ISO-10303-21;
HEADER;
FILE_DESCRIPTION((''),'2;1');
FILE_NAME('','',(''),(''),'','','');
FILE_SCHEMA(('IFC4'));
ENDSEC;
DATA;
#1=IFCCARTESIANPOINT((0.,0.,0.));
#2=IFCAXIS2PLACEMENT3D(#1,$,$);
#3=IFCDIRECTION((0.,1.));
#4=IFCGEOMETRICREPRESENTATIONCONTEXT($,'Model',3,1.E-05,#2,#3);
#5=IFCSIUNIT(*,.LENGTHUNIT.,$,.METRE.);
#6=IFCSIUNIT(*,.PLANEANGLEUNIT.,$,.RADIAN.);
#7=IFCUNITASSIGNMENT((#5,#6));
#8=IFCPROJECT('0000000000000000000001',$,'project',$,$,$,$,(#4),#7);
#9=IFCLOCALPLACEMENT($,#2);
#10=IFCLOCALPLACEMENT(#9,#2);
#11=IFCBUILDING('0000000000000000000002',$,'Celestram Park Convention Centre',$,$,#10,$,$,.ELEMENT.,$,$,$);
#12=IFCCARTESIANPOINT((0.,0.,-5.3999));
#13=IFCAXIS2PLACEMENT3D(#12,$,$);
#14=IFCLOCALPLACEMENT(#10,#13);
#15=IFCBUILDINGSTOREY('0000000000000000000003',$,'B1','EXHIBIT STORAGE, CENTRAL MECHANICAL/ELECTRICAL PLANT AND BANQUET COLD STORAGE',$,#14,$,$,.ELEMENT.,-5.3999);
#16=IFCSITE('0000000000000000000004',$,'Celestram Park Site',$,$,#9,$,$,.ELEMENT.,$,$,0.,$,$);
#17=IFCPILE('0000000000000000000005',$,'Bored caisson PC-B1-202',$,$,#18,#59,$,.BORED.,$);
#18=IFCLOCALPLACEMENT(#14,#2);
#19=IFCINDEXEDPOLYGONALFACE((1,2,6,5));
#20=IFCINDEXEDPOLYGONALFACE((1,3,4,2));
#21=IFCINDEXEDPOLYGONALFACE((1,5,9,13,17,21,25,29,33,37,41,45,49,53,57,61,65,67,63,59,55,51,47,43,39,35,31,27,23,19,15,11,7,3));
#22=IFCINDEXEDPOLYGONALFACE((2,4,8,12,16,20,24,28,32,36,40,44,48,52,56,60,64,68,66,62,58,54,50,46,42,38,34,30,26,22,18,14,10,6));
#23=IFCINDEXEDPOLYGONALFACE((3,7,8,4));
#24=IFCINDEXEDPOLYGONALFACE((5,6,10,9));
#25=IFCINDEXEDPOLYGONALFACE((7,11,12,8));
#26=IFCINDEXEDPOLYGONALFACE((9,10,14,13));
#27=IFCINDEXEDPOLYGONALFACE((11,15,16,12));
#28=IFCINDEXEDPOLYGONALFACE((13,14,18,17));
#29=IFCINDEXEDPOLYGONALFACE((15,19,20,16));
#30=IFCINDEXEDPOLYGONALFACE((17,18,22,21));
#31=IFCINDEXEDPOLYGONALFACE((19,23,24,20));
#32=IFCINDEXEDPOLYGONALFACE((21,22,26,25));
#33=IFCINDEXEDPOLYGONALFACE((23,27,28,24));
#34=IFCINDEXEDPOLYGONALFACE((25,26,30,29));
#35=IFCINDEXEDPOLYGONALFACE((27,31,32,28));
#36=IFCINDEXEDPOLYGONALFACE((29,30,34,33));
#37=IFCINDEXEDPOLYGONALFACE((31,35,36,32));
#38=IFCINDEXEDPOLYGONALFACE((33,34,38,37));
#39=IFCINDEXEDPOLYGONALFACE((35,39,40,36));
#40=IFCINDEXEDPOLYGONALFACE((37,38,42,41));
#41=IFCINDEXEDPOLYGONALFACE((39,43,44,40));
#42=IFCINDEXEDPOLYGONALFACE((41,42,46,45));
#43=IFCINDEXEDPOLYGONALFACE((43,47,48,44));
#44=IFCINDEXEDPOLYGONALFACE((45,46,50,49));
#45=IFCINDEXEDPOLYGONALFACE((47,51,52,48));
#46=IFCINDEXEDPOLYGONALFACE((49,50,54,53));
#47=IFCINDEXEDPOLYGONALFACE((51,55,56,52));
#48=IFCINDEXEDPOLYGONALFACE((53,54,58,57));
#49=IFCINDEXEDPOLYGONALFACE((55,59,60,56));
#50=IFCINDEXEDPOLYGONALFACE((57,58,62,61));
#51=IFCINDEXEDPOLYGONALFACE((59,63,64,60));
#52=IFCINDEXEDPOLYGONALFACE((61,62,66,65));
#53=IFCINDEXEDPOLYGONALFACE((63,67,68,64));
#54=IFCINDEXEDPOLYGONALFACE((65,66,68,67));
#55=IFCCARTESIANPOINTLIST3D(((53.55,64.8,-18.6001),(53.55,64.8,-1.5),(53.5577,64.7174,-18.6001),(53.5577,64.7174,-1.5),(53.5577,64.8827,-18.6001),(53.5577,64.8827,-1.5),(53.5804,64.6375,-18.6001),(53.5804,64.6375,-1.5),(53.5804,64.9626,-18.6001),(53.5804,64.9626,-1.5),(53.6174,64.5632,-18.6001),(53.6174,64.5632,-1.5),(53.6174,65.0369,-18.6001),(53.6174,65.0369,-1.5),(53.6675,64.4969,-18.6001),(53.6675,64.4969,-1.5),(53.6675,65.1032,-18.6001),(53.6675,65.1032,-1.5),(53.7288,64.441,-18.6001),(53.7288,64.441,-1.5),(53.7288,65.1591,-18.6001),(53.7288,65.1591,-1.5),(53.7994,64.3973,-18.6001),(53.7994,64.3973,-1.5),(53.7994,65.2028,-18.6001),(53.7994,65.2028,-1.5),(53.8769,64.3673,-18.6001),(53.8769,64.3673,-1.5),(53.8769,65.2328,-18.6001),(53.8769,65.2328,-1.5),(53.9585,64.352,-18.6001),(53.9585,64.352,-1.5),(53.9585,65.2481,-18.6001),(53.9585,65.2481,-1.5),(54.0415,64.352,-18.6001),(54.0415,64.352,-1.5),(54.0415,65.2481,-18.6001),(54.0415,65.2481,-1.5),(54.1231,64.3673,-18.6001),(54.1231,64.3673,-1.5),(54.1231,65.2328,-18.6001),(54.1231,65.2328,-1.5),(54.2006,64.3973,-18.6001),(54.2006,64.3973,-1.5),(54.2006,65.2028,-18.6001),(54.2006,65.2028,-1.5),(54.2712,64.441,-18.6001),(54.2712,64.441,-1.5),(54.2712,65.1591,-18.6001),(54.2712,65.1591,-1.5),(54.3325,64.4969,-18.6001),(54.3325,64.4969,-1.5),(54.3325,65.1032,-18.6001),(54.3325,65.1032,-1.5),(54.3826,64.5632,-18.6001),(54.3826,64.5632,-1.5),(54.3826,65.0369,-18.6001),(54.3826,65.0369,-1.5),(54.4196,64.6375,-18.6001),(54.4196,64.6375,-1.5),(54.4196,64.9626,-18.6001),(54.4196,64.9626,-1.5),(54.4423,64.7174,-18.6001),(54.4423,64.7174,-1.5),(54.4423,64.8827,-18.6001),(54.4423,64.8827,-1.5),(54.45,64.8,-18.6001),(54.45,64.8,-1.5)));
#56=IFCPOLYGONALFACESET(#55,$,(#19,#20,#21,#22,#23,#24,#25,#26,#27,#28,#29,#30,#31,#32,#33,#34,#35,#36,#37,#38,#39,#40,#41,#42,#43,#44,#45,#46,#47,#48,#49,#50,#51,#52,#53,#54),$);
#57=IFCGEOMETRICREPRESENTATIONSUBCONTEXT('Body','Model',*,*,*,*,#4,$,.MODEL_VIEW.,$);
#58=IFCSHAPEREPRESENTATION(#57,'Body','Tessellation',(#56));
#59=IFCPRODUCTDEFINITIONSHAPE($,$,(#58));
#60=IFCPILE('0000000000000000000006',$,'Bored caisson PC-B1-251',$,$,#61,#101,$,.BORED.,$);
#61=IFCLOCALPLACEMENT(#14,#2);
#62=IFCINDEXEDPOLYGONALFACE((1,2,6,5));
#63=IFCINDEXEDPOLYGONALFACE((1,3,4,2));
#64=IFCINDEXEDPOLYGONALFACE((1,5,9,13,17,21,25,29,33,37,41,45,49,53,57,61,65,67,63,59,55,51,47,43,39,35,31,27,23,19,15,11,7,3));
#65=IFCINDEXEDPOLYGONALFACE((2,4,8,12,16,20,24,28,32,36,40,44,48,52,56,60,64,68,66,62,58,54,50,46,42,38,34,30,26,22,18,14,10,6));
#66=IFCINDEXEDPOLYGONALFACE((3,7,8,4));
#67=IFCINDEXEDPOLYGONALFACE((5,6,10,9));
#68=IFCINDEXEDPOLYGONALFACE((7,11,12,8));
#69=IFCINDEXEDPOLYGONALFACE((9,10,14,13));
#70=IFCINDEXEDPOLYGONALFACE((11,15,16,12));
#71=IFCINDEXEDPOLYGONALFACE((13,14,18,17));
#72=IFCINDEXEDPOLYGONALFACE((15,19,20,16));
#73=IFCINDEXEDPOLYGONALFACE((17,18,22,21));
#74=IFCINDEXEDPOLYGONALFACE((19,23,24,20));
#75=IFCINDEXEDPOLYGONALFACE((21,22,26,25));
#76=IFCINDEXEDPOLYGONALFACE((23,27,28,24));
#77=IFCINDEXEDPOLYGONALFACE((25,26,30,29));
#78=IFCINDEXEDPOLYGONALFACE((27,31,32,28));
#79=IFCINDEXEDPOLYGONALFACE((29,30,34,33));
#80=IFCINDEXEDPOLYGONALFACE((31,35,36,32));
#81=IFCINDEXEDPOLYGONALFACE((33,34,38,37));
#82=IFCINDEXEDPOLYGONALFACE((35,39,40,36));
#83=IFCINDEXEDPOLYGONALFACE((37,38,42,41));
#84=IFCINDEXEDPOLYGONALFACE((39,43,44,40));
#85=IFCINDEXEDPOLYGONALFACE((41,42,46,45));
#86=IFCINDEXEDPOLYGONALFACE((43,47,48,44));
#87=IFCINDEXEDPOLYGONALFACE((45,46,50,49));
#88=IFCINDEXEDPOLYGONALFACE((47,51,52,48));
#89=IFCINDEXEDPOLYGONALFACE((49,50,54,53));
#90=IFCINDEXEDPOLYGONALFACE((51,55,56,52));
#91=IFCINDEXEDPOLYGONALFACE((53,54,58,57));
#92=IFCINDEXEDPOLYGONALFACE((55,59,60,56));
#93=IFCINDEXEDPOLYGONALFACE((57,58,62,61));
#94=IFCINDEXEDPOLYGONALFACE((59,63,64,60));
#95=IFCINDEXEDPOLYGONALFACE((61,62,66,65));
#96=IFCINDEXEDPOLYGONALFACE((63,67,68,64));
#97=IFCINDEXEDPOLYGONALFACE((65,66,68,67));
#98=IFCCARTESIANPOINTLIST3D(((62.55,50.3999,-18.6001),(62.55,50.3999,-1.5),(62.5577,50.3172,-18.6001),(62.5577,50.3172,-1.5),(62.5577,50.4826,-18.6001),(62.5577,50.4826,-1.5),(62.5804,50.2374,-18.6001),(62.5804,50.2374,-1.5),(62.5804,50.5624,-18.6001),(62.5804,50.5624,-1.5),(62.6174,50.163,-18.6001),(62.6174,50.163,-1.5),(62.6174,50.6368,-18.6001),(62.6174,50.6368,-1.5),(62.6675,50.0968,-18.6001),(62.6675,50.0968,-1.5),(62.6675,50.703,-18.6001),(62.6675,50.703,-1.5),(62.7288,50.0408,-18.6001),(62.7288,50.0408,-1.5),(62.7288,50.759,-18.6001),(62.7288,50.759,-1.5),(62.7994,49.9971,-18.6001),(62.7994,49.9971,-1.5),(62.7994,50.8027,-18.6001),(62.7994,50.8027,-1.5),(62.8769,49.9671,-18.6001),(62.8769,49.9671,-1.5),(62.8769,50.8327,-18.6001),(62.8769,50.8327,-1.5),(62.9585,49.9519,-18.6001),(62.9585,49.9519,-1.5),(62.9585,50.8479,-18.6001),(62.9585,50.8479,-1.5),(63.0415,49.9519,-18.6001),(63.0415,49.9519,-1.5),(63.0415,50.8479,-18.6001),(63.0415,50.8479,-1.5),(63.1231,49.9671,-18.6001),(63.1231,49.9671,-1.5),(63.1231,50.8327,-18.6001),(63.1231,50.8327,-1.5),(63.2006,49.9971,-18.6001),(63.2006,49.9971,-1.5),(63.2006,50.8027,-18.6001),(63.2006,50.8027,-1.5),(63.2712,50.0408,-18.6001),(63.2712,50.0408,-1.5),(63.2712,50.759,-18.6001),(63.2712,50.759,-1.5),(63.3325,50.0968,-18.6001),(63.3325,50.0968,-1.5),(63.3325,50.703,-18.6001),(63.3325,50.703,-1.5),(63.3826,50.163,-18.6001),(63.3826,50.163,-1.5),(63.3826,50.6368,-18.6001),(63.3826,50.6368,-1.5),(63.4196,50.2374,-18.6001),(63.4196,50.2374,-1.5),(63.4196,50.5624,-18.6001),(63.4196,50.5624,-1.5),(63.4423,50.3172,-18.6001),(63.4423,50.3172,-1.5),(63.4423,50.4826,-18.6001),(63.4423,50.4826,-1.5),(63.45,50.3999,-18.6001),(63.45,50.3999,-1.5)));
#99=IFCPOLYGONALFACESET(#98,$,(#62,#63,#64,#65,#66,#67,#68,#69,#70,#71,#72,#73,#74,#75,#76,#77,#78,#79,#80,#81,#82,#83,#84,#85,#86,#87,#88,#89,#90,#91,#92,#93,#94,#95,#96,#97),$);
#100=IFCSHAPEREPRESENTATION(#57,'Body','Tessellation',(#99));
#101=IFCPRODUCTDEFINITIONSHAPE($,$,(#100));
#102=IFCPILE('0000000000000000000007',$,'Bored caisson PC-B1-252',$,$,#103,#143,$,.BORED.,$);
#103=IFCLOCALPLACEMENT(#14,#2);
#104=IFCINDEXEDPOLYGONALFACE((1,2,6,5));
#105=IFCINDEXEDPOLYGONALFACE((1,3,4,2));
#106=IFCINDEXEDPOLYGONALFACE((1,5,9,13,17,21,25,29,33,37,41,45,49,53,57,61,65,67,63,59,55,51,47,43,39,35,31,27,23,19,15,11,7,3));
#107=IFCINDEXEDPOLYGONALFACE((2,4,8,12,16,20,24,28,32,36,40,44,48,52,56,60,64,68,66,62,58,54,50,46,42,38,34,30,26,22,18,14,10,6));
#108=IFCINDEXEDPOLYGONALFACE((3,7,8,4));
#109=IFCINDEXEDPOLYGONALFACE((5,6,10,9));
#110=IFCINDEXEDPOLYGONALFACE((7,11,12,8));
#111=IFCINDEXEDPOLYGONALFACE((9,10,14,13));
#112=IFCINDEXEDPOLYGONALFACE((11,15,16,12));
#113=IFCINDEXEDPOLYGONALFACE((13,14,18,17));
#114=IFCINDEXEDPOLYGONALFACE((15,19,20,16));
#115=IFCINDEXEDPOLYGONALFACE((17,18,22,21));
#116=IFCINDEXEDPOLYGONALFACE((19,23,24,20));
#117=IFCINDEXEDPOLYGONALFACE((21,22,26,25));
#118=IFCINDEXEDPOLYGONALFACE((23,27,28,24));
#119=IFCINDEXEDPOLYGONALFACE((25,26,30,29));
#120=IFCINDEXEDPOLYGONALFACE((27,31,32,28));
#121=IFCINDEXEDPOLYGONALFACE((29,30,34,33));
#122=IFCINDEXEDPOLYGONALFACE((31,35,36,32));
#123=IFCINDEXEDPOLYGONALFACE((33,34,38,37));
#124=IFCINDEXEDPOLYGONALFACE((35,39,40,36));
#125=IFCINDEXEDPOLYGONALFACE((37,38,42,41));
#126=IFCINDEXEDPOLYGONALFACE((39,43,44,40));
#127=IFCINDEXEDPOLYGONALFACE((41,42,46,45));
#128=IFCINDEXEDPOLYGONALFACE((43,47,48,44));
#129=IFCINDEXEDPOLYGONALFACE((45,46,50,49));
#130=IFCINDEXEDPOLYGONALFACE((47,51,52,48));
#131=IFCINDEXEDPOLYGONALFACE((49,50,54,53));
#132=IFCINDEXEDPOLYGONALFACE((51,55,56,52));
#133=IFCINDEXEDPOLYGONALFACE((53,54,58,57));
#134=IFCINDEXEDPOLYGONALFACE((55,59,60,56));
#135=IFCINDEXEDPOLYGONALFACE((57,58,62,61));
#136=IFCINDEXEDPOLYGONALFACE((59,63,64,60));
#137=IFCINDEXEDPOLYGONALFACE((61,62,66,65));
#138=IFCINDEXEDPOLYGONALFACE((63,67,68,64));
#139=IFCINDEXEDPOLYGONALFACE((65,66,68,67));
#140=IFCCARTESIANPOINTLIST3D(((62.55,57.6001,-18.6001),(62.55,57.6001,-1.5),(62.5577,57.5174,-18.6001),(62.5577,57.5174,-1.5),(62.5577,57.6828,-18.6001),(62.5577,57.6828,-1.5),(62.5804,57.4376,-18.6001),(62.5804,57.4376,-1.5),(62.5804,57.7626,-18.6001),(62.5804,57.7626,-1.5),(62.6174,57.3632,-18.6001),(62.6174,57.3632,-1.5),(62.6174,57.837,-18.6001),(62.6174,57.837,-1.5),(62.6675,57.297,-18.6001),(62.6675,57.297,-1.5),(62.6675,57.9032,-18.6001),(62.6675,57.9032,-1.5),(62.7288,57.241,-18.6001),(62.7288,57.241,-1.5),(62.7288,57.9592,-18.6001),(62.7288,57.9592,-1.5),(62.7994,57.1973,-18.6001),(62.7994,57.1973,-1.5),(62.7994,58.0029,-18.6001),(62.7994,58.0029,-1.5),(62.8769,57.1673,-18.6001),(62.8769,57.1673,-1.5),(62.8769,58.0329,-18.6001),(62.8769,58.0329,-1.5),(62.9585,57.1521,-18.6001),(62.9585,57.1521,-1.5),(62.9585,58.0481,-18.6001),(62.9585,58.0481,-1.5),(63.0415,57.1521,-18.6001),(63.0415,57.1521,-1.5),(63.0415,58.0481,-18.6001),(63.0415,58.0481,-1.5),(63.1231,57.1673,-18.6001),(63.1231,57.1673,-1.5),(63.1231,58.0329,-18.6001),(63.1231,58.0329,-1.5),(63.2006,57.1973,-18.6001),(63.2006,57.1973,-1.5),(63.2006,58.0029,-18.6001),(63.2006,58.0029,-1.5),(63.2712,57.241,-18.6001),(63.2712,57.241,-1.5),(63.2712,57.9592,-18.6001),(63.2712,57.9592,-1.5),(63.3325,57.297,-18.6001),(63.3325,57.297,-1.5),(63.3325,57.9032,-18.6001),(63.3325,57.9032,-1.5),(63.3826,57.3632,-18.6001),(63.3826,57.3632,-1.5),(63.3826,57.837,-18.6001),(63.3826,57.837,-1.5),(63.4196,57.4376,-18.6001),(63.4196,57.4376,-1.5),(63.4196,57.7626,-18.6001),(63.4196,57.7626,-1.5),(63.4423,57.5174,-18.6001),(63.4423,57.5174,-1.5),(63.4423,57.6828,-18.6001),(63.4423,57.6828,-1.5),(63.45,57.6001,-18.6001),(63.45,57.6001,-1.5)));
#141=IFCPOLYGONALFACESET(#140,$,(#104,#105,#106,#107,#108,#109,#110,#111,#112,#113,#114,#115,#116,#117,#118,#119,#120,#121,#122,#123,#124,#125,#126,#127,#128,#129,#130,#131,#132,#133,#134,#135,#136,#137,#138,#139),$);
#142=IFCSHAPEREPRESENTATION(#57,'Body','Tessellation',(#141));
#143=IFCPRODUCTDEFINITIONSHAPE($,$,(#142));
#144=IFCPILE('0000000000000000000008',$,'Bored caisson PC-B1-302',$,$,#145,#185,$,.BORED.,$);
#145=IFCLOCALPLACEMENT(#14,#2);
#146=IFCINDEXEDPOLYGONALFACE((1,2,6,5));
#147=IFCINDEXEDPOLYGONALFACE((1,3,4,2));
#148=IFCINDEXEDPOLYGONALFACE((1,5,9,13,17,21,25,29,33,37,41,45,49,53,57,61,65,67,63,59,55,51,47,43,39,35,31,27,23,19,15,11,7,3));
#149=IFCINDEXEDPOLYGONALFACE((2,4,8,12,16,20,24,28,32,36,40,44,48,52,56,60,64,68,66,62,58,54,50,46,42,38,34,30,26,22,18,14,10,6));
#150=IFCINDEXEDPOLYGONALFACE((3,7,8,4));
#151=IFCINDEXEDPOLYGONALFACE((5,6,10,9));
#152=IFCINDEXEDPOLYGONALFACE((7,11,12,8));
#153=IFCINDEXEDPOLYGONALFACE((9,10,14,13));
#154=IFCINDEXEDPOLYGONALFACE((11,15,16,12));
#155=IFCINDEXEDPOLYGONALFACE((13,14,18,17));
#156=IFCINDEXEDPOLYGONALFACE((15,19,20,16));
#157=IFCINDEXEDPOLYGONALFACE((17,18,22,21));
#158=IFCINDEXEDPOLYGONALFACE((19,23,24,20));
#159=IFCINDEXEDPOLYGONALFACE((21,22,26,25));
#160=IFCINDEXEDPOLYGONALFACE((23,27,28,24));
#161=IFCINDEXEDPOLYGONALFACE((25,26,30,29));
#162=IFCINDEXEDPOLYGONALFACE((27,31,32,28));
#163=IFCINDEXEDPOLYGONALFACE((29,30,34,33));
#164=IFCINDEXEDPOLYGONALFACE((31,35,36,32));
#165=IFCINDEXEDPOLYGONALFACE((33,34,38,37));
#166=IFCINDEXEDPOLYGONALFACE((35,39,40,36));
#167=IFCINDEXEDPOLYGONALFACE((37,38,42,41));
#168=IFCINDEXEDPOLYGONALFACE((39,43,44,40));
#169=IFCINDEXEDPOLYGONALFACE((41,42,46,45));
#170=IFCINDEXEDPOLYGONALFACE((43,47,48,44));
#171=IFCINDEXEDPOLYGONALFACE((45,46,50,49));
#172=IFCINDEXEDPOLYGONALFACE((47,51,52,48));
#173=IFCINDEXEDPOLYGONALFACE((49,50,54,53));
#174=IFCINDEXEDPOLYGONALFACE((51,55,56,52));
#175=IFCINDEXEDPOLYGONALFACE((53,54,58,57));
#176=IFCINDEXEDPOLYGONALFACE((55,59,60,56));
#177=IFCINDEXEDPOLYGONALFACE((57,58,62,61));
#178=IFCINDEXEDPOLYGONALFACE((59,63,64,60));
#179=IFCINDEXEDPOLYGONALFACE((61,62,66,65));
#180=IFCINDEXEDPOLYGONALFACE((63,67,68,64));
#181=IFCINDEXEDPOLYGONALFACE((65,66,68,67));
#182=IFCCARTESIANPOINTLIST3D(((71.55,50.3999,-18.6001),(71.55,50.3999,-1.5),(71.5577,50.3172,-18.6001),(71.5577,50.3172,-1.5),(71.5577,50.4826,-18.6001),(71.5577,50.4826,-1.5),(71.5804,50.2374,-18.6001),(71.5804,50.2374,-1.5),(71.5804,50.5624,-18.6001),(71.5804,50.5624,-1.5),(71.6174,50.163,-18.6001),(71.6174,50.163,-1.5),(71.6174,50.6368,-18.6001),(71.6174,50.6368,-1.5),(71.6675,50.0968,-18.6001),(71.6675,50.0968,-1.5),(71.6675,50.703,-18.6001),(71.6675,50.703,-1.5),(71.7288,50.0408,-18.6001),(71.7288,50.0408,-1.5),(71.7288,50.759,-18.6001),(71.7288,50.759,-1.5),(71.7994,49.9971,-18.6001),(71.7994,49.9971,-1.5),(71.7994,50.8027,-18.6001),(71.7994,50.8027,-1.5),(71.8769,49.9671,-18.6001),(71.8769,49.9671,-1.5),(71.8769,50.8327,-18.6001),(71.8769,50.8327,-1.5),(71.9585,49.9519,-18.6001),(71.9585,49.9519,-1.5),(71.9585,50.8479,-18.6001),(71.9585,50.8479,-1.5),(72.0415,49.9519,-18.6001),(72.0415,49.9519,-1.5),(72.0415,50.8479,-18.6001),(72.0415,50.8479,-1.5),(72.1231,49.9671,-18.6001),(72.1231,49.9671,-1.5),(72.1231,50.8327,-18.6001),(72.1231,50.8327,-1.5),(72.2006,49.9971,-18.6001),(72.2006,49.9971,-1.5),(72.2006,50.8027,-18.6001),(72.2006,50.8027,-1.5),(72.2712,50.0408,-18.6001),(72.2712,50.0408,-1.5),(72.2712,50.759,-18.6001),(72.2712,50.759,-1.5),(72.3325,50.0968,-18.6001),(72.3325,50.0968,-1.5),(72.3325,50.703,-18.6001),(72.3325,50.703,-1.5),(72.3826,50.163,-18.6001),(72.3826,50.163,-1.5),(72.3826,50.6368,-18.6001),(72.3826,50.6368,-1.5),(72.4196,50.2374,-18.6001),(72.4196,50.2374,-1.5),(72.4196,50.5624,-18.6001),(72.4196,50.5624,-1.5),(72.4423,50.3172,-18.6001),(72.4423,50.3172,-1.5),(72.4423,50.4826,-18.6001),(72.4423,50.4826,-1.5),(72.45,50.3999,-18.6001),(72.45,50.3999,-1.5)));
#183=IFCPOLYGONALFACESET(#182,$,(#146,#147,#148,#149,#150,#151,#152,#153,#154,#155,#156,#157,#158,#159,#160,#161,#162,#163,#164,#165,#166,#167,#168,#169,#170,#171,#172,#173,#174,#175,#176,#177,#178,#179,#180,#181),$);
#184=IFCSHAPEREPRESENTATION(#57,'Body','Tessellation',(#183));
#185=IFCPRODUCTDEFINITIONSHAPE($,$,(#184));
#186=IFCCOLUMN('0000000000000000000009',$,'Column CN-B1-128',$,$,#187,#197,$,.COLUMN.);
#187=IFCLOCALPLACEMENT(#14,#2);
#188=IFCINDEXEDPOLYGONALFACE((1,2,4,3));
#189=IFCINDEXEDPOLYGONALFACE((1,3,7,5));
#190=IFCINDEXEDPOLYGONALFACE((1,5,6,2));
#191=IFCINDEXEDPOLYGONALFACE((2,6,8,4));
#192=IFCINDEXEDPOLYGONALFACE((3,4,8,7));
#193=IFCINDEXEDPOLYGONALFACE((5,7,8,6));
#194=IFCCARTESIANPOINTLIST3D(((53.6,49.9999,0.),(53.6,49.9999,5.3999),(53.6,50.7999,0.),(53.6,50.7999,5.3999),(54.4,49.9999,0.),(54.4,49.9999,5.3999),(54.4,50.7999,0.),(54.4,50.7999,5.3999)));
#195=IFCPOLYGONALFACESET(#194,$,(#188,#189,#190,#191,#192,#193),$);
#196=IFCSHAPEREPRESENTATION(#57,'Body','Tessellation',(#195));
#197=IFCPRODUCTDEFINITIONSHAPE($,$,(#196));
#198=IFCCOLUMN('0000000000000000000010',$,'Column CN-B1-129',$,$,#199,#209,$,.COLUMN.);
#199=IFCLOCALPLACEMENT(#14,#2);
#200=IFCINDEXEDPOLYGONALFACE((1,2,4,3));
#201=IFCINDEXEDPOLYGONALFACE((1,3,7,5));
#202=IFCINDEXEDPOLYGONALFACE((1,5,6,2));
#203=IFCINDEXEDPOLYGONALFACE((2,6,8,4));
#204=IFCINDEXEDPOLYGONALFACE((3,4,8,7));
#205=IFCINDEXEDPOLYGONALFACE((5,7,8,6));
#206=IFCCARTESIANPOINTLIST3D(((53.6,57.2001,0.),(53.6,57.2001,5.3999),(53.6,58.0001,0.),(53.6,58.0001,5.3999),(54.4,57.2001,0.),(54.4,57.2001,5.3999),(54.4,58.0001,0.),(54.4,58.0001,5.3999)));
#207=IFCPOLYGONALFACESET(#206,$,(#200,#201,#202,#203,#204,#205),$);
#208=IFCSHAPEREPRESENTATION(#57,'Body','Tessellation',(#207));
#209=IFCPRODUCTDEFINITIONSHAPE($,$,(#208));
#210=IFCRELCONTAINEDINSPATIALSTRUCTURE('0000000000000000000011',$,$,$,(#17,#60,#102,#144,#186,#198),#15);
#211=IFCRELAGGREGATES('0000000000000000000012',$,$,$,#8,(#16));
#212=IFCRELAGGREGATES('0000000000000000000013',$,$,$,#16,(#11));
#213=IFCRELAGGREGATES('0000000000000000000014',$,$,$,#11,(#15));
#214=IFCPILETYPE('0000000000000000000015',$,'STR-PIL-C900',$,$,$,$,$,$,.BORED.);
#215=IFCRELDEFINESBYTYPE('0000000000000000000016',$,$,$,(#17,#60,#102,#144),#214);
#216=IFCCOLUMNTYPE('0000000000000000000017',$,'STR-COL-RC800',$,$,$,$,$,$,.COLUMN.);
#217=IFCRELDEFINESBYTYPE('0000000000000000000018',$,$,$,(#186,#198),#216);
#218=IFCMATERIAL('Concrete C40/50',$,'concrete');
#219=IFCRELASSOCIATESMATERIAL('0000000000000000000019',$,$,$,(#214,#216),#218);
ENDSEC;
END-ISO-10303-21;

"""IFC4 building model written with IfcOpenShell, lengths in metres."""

from ifc_helpers import new_model, si_unit, direction, frame, origin, origin_2d, place, context, subcontext, project, spatial, rectangle, circle, extrude, material, material_profile, profile_set, type_object, element, save


model = new_model("IFC4")

# Units and contexts
model_context = context("Model", 3, precision=1e-05, world=origin(), true_north=direction((0.0, 1.0)))
body_context = subcontext(model_context, "Body", "Model", "MODEL_VIEW")
ifc_project = project(units=[si_unit("LENGTHUNIT", "METRE"), si_unit("PLANEANGLEUNIT", "RADIAN")], contexts=[model_context])

# Site, building, storey
site_placement = place(None, origin())
site = spatial("IfcSite", under=ifc_project, at=site_placement, Name="Celestram Park Site", CompositionType="ELEMENT", RefElevation=0.0)
building_placement = place(site_placement, origin())
building = spatial("IfcBuilding", under=site, at=building_placement, Name="Celestram Park Convention Centre", CompositionType="ELEMENT")
storey_placement = place(building_placement, frame((0.0, 0.0, -5.3999)))
storey = spatial("IfcBuildingStorey", under=building, at=storey_placement, Name="B1", Description="EXHIBIT STORAGE, CENTRAL MECHANICAL/ELECTRICAL PLANT AND BANQUET COLD STORAGE", CompositionType="ELEMENT", Elevation=-5.3999)

# Shared definitions
ifc_material_1 = material(Name="Concrete C40/50", Category="concrete")

# Piles
ifc_material_profile_1 = material_profile(ifc_material_1, circle(Radius=0.45, at=origin_2d()), Name="CAISSON900")
ifc_profile_set_1 = profile_set([ifc_material_profile_1], Name="Concrete C40/50")
pile_type = type_object("IfcPileType", Name="STR-PIL-C900", PredefinedType="BORED", material=ifc_profile_set_1)
for number, where, z_axis, x_axis, name in (
    (1, (54.0, 64.8, -1.5), (0.0, 0.0, -1.0), (1.0, 0.0, 0.0), "Bored caisson PC-B1-202"),
    (2, (63.0, 50.3999, -1.5), (0.0, 0.0, -1.0), (1.0, 0.0, 0.0), "Bored caisson PC-B1-251"),
    (3, (63.0, 57.6001, -1.5), (0.0, 0.0, -1.0), (1.0, 0.0, 0.0), "Bored caisson PC-B1-252"),
    (4, (72.0, 50.3999, -1.5), (0.0, 0.0, -1.0), (1.0, 0.0, 0.0), "Bored caisson PC-B1-302"),
):
    element("IfcPile", number, at=place(storey_placement, frame(where, z_axis=z_axis, x_axis=x_axis)), inside=storey, type_object=pile_type, Name=name, PredefinedType="BORED", context=body_context, shape_type="SweptSolid", body=[
        extrude(circle(Radius=0.45, at=origin_2d()), origin(), (0.0, 0.0, 1.0), 17.1001),
    ])

# Columns
ifc_material_profile_2 = material_profile(ifc_material_1, rectangle(XDim=0.8, YDim=0.8, at=origin_2d()), Name="RC800X800")
ifc_profile_set_2 = profile_set([ifc_material_profile_2], Name="Concrete C40/50")
column_type = type_object("IfcColumnType", Name="STR-COL-RC800", PredefinedType="COLUMN", material=ifc_profile_set_2)
for number, where, z_axis, x_axis, name in (
    (5, (54.0, 50.3999, 0.0), (0.0, 0.0, 1.0), (1.0, 0.0, 0.0), "Column CN-B1-128"),
    (6, (54.0, 57.6001, 0.0), (0.0, 0.0, 1.0), (1.0, 0.0, 0.0), "Column CN-B1-129"),
):
    element("IfcColumn", number, at=place(storey_placement, frame(where, z_axis=z_axis, x_axis=x_axis)), inside=storey, type_object=column_type, Name=name, PredefinedType="COLUMN", context=body_context, shape_type="SweptSolid", body=[
        extrude(rectangle(XDim=0.8, YDim=0.8, at=origin_2d()), origin(), (0.0, 0.0, 1.0), 5.3999),
    ])

save(model, "model.ifc")
